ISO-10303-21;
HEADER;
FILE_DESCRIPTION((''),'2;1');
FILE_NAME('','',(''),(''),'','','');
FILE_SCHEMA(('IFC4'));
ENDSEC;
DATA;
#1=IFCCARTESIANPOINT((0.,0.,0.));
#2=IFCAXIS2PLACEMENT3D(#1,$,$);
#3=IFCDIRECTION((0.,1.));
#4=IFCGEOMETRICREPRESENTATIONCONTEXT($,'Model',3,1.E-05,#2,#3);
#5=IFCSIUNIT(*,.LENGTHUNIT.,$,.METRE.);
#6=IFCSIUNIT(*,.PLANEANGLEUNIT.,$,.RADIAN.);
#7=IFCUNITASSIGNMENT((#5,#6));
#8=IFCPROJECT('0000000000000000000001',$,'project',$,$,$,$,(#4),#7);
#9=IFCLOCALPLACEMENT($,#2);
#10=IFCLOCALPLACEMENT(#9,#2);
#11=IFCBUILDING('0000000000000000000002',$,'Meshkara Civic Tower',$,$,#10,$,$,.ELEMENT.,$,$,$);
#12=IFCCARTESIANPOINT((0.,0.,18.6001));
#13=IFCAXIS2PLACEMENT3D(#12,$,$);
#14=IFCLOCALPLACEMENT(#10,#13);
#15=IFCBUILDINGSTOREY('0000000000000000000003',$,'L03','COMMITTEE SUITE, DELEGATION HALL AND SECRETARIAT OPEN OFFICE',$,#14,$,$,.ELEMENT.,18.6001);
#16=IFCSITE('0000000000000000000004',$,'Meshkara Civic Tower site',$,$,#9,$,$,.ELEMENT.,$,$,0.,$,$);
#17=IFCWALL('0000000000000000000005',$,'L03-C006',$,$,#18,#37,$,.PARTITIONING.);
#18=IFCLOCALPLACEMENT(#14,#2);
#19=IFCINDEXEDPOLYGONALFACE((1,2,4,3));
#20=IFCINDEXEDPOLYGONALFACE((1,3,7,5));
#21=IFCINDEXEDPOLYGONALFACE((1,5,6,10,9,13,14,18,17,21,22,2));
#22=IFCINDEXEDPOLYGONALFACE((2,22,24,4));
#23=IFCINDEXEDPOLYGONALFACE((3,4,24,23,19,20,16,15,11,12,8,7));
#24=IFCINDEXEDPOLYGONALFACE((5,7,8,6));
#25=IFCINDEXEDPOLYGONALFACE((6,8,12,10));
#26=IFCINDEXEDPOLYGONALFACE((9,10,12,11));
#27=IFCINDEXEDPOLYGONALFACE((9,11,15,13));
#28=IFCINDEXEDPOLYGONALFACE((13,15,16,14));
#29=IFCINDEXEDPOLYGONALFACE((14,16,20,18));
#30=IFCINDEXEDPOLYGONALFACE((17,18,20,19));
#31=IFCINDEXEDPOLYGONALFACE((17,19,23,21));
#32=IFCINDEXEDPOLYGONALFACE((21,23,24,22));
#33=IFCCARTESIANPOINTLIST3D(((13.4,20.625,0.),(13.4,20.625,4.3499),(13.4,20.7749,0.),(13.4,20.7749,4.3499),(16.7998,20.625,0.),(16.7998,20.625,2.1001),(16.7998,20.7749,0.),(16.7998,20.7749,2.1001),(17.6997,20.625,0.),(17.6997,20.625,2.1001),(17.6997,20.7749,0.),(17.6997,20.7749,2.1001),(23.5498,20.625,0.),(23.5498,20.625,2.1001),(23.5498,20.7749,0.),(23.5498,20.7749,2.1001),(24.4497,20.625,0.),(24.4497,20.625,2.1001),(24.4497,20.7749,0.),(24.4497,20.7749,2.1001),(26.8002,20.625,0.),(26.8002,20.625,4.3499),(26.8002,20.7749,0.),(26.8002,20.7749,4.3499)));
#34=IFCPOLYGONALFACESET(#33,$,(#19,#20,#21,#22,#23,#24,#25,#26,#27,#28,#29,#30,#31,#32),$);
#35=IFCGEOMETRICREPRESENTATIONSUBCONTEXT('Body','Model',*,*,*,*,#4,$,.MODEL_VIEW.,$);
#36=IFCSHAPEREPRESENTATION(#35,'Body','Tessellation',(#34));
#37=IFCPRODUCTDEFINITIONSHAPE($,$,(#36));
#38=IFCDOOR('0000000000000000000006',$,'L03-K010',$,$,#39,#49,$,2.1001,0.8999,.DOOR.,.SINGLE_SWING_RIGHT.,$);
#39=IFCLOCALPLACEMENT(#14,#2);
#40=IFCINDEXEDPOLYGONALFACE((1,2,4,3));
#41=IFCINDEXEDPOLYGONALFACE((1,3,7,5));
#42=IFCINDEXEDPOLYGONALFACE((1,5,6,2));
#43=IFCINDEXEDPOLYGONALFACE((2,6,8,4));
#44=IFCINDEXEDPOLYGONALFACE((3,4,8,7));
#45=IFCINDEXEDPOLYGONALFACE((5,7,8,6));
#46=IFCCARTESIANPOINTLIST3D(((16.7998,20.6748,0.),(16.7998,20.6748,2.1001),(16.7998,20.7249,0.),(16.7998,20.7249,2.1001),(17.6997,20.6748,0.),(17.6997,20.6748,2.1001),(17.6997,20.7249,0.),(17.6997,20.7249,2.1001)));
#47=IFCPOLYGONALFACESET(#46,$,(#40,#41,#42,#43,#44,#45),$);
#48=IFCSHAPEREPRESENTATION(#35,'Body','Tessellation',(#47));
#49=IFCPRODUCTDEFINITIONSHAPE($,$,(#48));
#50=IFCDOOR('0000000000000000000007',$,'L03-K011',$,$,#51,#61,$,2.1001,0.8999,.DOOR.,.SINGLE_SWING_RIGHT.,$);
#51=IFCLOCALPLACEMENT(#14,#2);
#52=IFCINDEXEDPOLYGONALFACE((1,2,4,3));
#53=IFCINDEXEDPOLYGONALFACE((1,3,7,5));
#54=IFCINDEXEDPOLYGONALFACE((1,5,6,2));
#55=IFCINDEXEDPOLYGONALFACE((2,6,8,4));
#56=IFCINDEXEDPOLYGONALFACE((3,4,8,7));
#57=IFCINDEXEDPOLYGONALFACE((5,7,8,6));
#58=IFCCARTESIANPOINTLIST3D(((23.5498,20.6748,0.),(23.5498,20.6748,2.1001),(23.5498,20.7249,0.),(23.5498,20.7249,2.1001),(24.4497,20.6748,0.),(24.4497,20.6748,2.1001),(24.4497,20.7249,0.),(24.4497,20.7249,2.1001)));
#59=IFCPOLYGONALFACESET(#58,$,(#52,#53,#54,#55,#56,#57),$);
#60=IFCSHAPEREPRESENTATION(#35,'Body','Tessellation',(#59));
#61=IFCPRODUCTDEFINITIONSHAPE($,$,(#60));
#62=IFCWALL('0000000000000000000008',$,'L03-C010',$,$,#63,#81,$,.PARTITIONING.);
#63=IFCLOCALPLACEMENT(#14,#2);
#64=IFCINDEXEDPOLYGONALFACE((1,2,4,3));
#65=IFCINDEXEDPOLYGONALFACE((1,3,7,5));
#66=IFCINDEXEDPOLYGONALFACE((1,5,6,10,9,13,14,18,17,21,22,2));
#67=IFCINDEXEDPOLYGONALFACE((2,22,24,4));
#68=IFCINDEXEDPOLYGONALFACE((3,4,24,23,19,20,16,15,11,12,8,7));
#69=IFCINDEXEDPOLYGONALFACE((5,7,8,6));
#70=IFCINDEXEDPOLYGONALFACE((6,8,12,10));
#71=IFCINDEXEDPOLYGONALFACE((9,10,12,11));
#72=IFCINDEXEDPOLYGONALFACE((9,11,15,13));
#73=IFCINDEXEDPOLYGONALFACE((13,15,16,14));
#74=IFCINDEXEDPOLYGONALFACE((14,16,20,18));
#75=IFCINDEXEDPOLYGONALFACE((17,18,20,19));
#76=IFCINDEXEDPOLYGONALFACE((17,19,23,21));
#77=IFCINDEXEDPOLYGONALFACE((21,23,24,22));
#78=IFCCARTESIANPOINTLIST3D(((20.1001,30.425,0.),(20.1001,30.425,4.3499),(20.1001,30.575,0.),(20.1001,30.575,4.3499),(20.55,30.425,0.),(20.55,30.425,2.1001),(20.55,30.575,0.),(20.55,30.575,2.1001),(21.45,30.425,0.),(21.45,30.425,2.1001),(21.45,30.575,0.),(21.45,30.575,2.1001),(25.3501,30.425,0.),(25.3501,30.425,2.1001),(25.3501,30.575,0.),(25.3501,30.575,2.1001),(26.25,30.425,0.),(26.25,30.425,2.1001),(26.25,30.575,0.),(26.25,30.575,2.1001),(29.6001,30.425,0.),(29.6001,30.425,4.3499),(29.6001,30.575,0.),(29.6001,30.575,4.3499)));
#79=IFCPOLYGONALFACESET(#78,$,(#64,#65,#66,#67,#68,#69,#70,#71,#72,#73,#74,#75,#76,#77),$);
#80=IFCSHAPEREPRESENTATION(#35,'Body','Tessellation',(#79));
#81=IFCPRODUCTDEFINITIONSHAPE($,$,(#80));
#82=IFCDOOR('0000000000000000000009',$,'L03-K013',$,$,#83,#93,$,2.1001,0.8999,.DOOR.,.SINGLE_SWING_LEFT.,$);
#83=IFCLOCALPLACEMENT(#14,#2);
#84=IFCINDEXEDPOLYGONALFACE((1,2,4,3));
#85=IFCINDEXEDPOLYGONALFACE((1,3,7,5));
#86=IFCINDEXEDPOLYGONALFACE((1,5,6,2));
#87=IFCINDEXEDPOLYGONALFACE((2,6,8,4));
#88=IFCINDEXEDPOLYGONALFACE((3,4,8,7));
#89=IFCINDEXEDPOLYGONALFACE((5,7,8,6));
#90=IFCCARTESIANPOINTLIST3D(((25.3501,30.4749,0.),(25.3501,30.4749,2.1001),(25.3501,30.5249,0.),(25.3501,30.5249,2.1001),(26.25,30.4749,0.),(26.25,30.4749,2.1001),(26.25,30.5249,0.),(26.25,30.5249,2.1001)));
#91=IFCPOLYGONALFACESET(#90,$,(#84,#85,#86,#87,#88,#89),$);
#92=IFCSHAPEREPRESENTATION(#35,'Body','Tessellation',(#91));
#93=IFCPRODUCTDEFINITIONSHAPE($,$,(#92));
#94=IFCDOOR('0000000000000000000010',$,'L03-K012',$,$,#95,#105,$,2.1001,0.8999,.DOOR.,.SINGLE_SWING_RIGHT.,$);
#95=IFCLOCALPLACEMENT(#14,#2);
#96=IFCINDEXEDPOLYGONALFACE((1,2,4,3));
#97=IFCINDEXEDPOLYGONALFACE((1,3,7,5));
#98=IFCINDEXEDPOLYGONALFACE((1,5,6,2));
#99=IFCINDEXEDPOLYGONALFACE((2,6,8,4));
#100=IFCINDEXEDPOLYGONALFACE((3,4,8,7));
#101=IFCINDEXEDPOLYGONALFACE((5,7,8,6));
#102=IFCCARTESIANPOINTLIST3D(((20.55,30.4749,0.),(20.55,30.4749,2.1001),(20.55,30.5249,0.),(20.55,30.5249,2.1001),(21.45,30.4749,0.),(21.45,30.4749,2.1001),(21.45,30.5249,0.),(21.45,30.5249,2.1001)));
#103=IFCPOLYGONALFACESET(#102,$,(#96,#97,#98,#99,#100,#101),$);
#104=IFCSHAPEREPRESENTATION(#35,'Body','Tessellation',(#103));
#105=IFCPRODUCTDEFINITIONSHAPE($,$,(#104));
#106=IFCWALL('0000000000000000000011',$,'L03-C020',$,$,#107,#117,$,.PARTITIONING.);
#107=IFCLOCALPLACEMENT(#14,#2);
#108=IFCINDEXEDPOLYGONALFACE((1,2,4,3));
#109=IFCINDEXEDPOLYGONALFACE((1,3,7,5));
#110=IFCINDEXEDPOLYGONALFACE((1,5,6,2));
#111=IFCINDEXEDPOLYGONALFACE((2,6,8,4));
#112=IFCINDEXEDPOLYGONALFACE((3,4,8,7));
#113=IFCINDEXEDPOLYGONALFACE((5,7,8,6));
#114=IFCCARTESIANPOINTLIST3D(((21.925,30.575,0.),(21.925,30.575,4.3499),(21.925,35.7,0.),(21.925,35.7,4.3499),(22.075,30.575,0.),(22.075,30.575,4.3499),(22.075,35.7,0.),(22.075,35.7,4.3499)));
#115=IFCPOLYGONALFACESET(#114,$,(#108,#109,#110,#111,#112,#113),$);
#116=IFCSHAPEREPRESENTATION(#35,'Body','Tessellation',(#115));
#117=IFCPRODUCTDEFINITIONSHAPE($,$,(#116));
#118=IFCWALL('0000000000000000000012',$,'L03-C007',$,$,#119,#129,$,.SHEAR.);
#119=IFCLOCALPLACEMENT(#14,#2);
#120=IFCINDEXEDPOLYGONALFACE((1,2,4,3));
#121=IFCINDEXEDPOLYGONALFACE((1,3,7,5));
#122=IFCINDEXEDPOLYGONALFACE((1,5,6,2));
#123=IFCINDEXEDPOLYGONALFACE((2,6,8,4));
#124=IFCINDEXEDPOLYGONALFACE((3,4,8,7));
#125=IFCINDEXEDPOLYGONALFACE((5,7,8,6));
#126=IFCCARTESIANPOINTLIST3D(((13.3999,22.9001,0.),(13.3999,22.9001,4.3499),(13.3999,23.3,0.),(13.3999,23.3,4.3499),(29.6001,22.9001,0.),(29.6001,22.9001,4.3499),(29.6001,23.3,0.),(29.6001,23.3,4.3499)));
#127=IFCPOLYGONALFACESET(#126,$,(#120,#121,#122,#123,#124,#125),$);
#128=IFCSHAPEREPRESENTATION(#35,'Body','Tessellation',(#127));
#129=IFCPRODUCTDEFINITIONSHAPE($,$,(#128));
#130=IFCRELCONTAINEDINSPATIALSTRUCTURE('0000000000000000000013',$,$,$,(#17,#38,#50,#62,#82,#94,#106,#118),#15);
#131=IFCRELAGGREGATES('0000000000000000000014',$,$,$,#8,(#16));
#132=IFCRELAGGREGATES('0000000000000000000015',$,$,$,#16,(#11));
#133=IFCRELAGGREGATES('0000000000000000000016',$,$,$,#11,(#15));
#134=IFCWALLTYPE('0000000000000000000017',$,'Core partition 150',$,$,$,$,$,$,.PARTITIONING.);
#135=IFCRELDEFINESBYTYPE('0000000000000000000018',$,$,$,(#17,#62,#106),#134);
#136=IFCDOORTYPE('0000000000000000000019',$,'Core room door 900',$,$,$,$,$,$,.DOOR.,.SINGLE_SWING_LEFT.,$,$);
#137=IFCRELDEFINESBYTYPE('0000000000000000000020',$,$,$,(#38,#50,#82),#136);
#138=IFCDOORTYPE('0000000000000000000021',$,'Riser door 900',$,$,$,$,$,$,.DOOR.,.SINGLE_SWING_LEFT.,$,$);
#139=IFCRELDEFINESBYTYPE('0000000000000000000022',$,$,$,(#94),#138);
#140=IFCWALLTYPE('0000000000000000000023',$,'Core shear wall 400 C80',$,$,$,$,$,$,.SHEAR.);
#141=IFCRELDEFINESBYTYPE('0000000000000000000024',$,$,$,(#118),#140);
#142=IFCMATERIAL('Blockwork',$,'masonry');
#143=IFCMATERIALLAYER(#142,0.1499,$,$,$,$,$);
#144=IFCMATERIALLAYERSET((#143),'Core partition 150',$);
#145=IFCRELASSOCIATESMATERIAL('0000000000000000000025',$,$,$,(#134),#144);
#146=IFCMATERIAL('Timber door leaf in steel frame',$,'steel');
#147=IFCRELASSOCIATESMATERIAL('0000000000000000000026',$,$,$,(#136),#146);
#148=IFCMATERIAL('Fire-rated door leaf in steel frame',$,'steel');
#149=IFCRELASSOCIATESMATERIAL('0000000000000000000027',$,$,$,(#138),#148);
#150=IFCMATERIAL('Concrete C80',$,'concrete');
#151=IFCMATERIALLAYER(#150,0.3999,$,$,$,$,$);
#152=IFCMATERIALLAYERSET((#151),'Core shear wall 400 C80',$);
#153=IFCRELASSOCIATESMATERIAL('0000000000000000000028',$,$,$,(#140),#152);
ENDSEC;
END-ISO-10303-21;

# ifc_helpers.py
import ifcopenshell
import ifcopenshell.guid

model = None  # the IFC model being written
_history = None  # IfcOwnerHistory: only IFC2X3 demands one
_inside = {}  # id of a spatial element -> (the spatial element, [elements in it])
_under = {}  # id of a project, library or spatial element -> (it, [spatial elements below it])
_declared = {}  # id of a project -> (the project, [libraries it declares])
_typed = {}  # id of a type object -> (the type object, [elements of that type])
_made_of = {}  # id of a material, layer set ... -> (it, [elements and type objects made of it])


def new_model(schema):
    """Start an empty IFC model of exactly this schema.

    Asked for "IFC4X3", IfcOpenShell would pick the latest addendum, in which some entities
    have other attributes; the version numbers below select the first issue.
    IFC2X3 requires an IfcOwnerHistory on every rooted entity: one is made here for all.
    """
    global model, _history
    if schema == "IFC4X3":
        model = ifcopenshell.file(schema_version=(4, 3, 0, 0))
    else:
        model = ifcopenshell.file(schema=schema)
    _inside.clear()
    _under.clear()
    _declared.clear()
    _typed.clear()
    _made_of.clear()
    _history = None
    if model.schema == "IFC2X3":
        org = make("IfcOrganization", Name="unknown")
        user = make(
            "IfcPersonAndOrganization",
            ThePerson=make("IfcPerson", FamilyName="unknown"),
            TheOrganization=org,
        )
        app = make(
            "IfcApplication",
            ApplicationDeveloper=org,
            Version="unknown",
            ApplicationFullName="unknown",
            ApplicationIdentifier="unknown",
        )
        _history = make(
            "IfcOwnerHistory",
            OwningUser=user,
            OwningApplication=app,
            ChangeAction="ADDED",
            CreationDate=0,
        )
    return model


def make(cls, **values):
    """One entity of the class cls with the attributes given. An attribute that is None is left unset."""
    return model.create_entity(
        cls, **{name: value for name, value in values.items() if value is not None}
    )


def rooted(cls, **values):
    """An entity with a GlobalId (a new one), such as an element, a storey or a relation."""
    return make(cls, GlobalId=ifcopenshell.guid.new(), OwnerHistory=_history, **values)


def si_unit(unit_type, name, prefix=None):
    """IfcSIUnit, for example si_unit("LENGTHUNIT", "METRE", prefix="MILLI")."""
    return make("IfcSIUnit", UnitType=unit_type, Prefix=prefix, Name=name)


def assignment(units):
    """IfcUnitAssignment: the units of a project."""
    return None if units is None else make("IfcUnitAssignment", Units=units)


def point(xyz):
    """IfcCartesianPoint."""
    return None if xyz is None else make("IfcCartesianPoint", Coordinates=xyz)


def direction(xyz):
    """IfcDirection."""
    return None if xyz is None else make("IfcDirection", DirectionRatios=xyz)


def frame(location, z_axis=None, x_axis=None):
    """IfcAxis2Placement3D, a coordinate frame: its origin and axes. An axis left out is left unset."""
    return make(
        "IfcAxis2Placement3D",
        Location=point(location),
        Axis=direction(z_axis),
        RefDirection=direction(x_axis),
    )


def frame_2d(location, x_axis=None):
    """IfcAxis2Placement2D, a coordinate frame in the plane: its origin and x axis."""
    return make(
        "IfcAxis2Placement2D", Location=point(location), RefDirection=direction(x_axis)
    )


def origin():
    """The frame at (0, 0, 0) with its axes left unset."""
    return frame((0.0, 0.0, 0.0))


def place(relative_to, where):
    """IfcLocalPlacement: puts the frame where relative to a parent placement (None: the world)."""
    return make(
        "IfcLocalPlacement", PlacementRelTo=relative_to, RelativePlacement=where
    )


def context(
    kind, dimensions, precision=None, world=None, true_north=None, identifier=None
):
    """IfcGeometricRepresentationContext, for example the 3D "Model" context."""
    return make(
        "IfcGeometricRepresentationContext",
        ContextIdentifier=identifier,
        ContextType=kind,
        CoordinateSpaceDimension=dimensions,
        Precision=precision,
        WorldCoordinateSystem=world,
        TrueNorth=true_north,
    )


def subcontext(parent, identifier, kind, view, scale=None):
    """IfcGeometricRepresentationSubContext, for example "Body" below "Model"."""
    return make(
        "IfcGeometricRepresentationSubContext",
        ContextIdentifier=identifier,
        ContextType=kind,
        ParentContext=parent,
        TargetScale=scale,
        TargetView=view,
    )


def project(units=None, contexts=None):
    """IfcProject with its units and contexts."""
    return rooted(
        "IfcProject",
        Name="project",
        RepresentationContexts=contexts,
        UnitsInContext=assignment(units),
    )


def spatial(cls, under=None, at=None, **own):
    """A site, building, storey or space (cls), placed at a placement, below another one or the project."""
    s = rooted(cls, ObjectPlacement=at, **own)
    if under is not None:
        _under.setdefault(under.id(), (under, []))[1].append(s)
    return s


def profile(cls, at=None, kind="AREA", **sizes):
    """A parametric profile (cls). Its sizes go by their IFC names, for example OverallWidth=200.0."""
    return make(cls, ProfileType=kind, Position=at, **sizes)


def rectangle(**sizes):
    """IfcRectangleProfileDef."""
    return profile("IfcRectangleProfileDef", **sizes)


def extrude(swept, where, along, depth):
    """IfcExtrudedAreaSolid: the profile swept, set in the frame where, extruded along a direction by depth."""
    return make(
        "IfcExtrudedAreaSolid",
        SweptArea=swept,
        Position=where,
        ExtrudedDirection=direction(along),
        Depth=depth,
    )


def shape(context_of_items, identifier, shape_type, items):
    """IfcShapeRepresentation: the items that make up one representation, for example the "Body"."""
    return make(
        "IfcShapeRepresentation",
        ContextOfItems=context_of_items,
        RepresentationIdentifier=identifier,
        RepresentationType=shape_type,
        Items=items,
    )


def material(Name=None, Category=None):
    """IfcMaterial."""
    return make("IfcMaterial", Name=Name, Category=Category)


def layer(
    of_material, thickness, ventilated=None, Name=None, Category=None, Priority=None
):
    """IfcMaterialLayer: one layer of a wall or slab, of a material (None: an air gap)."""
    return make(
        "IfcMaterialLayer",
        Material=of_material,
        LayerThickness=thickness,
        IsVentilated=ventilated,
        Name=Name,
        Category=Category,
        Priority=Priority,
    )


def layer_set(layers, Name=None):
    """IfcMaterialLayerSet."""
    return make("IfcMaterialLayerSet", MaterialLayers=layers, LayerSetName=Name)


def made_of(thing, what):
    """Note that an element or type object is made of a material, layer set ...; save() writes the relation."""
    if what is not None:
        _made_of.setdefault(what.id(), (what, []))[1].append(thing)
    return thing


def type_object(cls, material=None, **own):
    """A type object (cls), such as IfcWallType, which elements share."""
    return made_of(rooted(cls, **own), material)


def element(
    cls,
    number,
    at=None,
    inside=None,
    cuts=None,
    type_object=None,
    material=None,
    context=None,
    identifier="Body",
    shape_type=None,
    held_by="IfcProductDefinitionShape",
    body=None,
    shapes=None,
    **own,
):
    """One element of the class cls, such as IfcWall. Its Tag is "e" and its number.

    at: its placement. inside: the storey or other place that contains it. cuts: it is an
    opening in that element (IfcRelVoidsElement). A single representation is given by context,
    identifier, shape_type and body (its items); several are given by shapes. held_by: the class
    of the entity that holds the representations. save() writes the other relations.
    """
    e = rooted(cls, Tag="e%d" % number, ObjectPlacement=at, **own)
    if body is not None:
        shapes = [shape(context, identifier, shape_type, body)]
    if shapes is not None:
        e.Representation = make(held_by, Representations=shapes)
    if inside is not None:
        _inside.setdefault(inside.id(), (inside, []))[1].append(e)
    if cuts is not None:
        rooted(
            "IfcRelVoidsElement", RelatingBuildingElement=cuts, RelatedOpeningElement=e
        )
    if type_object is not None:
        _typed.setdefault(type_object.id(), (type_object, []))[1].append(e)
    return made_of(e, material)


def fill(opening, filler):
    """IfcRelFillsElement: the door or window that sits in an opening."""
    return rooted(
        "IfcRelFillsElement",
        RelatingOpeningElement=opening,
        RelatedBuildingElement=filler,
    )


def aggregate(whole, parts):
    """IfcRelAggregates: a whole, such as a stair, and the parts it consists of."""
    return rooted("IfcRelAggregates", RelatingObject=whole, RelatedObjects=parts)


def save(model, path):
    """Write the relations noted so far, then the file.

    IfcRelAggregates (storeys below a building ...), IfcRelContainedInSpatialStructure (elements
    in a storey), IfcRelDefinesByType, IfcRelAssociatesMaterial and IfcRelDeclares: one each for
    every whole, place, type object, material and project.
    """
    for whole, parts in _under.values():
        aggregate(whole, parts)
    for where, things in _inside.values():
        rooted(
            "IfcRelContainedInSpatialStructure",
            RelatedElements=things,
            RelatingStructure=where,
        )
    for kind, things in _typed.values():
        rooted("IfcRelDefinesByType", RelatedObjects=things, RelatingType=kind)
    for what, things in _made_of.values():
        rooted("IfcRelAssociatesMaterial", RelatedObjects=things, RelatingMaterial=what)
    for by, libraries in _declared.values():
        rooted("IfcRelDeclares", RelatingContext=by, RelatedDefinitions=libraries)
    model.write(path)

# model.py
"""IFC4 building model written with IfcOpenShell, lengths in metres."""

from ifc_helpers import new_model, si_unit, direction, frame, frame_2d, origin, place, context, subcontext, project, spatial, rectangle, extrude, material, layer, layer_set, type_object, element, fill, save


model = new_model("IFC4")

# Units and contexts
model_context = context("Model", 3, precision=1e-05, world=origin(), true_north=direction((0.0, 1.0)))
body_context = subcontext(model_context, "Body", "Model", "MODEL_VIEW")
ifc_project = project(units=[si_unit("LENGTHUNIT", "METRE"), si_unit("PLANEANGLEUNIT", "RADIAN")], contexts=[model_context])

# Site, building, storey
site_placement = place(None, origin())
site = spatial("IfcSite", under=ifc_project, at=site_placement, Name="Meshkara Civic Tower site", CompositionType="ELEMENT", RefElevation=0.0)
building_placement = place(site_placement, origin())
building = spatial("IfcBuilding", under=site, at=building_placement, Name="Meshkara Civic Tower", CompositionType="ELEMENT")
storey_placement = place(building_placement, frame((0.0, 0.0, 18.6001)))
storey = spatial("IfcBuildingStorey", under=building, at=storey_placement, Name="L03", Description="COMMITTEE SUITE, DELEGATION HALL AND SECRETARIAT OPEN OFFICE", CompositionType="ELEMENT", Elevation=18.6001)

# Walls, openings, doors
ifc_material_1 = material(Name="Blockwork", Category="masonry")
ifc_layer_1 = layer(ifc_material_1, 0.1499)
ifc_layer_set_1 = layer_set([ifc_layer_1], Name="Core partition 150")
wall_type_1 = type_object("IfcWallType", Name="Core partition 150", PredefinedType="PARTITIONING", material=ifc_layer_set_1)
wall_1_placement = place(storey_placement, frame((13.3999, 20.7, 0.0), z_axis=(0.0, 0.0, 1.0), x_axis=(1.0, 0.0, 0.0)))
wall_1 = element("IfcWall", 1, at=wall_1_placement, inside=storey, type_object=wall_type_1, Name="L03-C006", PredefinedType="PARTITIONING", context=body_context, shape_type="SweptSolid", body=[
    extrude(rectangle(XDim=13.4001, YDim=0.1499, at=frame_2d((6.7002, 0.0))), origin(), (0.0, 0.0, 1.0), 4.3499),
])
opening_1_placement = place(wall_1_placement, frame((3.3999, 0.0, 0.0)))
opening_1 = element("IfcOpeningElement", 2, at=opening_1_placement, cuts=wall_1, PredefinedType="OPENING", context=body_context, shape_type="SweptSolid", body=[
    extrude(rectangle(XDim=0.8999, YDim=2.1001, at=frame_2d((0.45, 1.05))), frame((0.0, 0.085, 0.0), z_axis=(0.0, -1.0, 0.0), x_axis=(1.0, 0.0, 0.0)), (0.0, 0.0, 1.0), 0.1699),
])
opening_2_placement = place(wall_1_placement, frame((10.1499, 0.0, 0.0)))
opening_2 = element("IfcOpeningElement", 3, at=opening_2_placement, cuts=wall_1, PredefinedType="OPENING", context=body_context, shape_type="SweptSolid", body=[
    extrude(rectangle(XDim=0.8999, YDim=2.1001, at=frame_2d((0.45, 1.05))), frame((0.0, 0.085, 0.0), z_axis=(0.0, -1.0, 0.0), x_axis=(1.0, 0.0, 0.0)), (0.0, 0.0, 1.0), 0.1699),
])
ifc_material_2 = material(Name="Timber door leaf in steel frame", Category="steel")
door_type_1 = type_object("IfcDoorType", Name="Core room door 900", OperationType="SINGLE_SWING_LEFT", PredefinedType="DOOR", material=ifc_material_2)
door_1_placement = place(opening_1_placement, origin())
door_1 = element("IfcDoor", 4, at=door_1_placement, inside=storey, type_object=door_type_1, Name="L03-K010", OperationType="SINGLE_SWING_RIGHT", OverallHeight=2.1001, OverallWidth=0.8999, PredefinedType="DOOR", context=body_context, shape_type="SweptSolid", body=[
    extrude(rectangle(XDim=0.8999, YDim=2.1001, at=frame_2d((0.45, 1.05))), frame((0.0, 0.0249, 0.0), z_axis=(0.0, -1.0, 0.0), x_axis=(1.0, 0.0, 0.0)), (0.0, 0.0, 1.0), 0.05),
])
fill(opening_1, door_1)
door_2_placement = place(opening_2_placement, origin())
door_2 = element("IfcDoor", 5, at=door_2_placement, inside=storey, type_object=door_type_1, Name="L03-K011", OperationType="SINGLE_SWING_RIGHT", OverallHeight=2.1001, OverallWidth=0.8999, PredefinedType="DOOR", context=body_context, shape_type="SweptSolid", body=[
    extrude(rectangle(XDim=0.8999, YDim=2.1001, at=frame_2d((0.45, 1.05))), frame((0.0, 0.0249, 0.0), z_axis=(0.0, -1.0, 0.0), x_axis=(1.0, 0.0, 0.0)), (0.0, 0.0, 1.0), 0.05),
])
fill(opening_2, door_2)
wall_2_placement = place(storey_placement, frame((20.1001, 30.5, 0.0), z_axis=(0.0, 0.0, 1.0), x_axis=(1.0, 0.0, 0.0)))
wall_2 = element("IfcWall", 6, at=wall_2_placement, inside=storey, type_object=wall_type_1, Name="L03-C010", PredefinedType="PARTITIONING", context=body_context, shape_type="SweptSolid", body=[
    extrude(rectangle(XDim=9.5, YDim=0.1499, at=frame_2d((4.75, 0.0))), origin(), (0.0, 0.0, 1.0), 4.3499),
])
opening_3_placement = place(wall_2_placement, frame((0.45, 0.0, 0.0)))
opening_3 = element("IfcOpeningElement", 7, at=opening_3_placement, cuts=wall_2, PredefinedType="OPENING", context=body_context, shape_type="SweptSolid", body=[
    extrude(rectangle(XDim=0.8999, YDim=2.1001, at=frame_2d((0.45, 1.05))), frame((0.0, 0.085, 0.0), z_axis=(0.0, -1.0, 0.0), x_axis=(1.0, 0.0, 0.0)), (0.0, 0.0, 1.0), 0.1699),
])
opening_4_placement = place(wall_2_placement, frame((5.25, 0.0, 0.0)))
opening_4 = element("IfcOpeningElement", 8, at=opening_4_placement, cuts=wall_2, PredefinedType="OPENING", context=body_context, shape_type="SweptSolid", body=[
    extrude(rectangle(XDim=0.8999, YDim=2.1001, at=frame_2d((0.45, 1.05))), frame((0.0, 0.085, 0.0), z_axis=(0.0, -1.0, 0.0), x_axis=(1.0, 0.0, 0.0)), (0.0, 0.0, 1.0), 0.1699),
])
door_3_placement = place(opening_4_placement, origin())
door_3 = element("IfcDoor", 9, at=door_3_placement, inside=storey, type_object=door_type_1, Name="L03-K013", OperationType="SINGLE_SWING_LEFT", OverallHeight=2.1001, OverallWidth=0.8999, PredefinedType="DOOR", context=body_context, shape_type="SweptSolid", body=[
    extrude(rectangle(XDim=0.8999, YDim=2.1001, at=frame_2d((0.45, 1.05))), frame((0.0, 0.0249, 0.0), z_axis=(0.0, -1.0, 0.0), x_axis=(1.0, 0.0, 0.0)), (0.0, 0.0, 1.0), 0.05),
])
fill(opening_4, door_3)
ifc_material_3 = material(Name="Fire-rated door leaf in steel frame", Category="steel")
door_type_2 = type_object("IfcDoorType", Name="Riser door 900", OperationType="SINGLE_SWING_LEFT", PredefinedType="DOOR", material=ifc_material_3)
door_4_placement = place(opening_3_placement, origin())
door_4 = element("IfcDoor", 10, at=door_4_placement, inside=storey, type_object=door_type_2, Name="L03-K012", OperationType="SINGLE_SWING_RIGHT", OverallHeight=2.1001, OverallWidth=0.8999, PredefinedType="DOOR", context=body_context, shape_type="SweptSolid", body=[
    extrude(rectangle(XDim=0.8999, YDim=2.1001, at=frame_2d((0.45, 1.05))), frame((0.0, 0.0249, 0.0), z_axis=(0.0, -1.0, 0.0), x_axis=(1.0, 0.0, 0.0)), (0.0, 0.0, 1.0), 0.05),
])
fill(opening_3, door_4)

# Walls
wall_3_placement = place(storey_placement, frame((22.0, 30.575, 0.0), z_axis=(0.0, 0.0, 1.0), x_axis=(0.0, 1.0, 0.0)))
element("IfcWall", 11, at=wall_3_placement, inside=storey, type_object=wall_type_1, Name="L03-C020", PredefinedType="PARTITIONING", context=body_context, shape_type="SweptSolid", body=[
    extrude(rectangle(XDim=5.125, YDim=0.1499, at=frame_2d((2.5625, 0.0))), origin(), (0.0, 0.0, 1.0), 4.3499),
])
ifc_material_4 = material(Name="Concrete C80", Category="concrete")
ifc_layer_2 = layer(ifc_material_4, 0.3999)
ifc_layer_set_2 = layer_set([ifc_layer_2], Name="Core shear wall 400 C80")
wall_type_2 = type_object("IfcWallType", Name="Core shear wall 400 C80", PredefinedType="SHEAR", material=ifc_layer_set_2)
wall_4_placement = place(storey_placement, frame((13.3999, 23.1001, 0.0), z_axis=(0.0, 0.0, 1.0), x_axis=(1.0, 0.0, 0.0)))
element("IfcWall", 12, at=wall_4_placement, inside=storey, type_object=wall_type_2, Name="L03-C007", PredefinedType="SHEAR", context=body_context, shape_type="SweptSolid", body=[
    extrude(rectangle(XDim=16.2002, YDim=0.3999, at=frame_2d((8.1001, 0.0))), origin(), (0.0, 0.0, 1.0), 4.3499),
])

save(model, "model.ifc")
